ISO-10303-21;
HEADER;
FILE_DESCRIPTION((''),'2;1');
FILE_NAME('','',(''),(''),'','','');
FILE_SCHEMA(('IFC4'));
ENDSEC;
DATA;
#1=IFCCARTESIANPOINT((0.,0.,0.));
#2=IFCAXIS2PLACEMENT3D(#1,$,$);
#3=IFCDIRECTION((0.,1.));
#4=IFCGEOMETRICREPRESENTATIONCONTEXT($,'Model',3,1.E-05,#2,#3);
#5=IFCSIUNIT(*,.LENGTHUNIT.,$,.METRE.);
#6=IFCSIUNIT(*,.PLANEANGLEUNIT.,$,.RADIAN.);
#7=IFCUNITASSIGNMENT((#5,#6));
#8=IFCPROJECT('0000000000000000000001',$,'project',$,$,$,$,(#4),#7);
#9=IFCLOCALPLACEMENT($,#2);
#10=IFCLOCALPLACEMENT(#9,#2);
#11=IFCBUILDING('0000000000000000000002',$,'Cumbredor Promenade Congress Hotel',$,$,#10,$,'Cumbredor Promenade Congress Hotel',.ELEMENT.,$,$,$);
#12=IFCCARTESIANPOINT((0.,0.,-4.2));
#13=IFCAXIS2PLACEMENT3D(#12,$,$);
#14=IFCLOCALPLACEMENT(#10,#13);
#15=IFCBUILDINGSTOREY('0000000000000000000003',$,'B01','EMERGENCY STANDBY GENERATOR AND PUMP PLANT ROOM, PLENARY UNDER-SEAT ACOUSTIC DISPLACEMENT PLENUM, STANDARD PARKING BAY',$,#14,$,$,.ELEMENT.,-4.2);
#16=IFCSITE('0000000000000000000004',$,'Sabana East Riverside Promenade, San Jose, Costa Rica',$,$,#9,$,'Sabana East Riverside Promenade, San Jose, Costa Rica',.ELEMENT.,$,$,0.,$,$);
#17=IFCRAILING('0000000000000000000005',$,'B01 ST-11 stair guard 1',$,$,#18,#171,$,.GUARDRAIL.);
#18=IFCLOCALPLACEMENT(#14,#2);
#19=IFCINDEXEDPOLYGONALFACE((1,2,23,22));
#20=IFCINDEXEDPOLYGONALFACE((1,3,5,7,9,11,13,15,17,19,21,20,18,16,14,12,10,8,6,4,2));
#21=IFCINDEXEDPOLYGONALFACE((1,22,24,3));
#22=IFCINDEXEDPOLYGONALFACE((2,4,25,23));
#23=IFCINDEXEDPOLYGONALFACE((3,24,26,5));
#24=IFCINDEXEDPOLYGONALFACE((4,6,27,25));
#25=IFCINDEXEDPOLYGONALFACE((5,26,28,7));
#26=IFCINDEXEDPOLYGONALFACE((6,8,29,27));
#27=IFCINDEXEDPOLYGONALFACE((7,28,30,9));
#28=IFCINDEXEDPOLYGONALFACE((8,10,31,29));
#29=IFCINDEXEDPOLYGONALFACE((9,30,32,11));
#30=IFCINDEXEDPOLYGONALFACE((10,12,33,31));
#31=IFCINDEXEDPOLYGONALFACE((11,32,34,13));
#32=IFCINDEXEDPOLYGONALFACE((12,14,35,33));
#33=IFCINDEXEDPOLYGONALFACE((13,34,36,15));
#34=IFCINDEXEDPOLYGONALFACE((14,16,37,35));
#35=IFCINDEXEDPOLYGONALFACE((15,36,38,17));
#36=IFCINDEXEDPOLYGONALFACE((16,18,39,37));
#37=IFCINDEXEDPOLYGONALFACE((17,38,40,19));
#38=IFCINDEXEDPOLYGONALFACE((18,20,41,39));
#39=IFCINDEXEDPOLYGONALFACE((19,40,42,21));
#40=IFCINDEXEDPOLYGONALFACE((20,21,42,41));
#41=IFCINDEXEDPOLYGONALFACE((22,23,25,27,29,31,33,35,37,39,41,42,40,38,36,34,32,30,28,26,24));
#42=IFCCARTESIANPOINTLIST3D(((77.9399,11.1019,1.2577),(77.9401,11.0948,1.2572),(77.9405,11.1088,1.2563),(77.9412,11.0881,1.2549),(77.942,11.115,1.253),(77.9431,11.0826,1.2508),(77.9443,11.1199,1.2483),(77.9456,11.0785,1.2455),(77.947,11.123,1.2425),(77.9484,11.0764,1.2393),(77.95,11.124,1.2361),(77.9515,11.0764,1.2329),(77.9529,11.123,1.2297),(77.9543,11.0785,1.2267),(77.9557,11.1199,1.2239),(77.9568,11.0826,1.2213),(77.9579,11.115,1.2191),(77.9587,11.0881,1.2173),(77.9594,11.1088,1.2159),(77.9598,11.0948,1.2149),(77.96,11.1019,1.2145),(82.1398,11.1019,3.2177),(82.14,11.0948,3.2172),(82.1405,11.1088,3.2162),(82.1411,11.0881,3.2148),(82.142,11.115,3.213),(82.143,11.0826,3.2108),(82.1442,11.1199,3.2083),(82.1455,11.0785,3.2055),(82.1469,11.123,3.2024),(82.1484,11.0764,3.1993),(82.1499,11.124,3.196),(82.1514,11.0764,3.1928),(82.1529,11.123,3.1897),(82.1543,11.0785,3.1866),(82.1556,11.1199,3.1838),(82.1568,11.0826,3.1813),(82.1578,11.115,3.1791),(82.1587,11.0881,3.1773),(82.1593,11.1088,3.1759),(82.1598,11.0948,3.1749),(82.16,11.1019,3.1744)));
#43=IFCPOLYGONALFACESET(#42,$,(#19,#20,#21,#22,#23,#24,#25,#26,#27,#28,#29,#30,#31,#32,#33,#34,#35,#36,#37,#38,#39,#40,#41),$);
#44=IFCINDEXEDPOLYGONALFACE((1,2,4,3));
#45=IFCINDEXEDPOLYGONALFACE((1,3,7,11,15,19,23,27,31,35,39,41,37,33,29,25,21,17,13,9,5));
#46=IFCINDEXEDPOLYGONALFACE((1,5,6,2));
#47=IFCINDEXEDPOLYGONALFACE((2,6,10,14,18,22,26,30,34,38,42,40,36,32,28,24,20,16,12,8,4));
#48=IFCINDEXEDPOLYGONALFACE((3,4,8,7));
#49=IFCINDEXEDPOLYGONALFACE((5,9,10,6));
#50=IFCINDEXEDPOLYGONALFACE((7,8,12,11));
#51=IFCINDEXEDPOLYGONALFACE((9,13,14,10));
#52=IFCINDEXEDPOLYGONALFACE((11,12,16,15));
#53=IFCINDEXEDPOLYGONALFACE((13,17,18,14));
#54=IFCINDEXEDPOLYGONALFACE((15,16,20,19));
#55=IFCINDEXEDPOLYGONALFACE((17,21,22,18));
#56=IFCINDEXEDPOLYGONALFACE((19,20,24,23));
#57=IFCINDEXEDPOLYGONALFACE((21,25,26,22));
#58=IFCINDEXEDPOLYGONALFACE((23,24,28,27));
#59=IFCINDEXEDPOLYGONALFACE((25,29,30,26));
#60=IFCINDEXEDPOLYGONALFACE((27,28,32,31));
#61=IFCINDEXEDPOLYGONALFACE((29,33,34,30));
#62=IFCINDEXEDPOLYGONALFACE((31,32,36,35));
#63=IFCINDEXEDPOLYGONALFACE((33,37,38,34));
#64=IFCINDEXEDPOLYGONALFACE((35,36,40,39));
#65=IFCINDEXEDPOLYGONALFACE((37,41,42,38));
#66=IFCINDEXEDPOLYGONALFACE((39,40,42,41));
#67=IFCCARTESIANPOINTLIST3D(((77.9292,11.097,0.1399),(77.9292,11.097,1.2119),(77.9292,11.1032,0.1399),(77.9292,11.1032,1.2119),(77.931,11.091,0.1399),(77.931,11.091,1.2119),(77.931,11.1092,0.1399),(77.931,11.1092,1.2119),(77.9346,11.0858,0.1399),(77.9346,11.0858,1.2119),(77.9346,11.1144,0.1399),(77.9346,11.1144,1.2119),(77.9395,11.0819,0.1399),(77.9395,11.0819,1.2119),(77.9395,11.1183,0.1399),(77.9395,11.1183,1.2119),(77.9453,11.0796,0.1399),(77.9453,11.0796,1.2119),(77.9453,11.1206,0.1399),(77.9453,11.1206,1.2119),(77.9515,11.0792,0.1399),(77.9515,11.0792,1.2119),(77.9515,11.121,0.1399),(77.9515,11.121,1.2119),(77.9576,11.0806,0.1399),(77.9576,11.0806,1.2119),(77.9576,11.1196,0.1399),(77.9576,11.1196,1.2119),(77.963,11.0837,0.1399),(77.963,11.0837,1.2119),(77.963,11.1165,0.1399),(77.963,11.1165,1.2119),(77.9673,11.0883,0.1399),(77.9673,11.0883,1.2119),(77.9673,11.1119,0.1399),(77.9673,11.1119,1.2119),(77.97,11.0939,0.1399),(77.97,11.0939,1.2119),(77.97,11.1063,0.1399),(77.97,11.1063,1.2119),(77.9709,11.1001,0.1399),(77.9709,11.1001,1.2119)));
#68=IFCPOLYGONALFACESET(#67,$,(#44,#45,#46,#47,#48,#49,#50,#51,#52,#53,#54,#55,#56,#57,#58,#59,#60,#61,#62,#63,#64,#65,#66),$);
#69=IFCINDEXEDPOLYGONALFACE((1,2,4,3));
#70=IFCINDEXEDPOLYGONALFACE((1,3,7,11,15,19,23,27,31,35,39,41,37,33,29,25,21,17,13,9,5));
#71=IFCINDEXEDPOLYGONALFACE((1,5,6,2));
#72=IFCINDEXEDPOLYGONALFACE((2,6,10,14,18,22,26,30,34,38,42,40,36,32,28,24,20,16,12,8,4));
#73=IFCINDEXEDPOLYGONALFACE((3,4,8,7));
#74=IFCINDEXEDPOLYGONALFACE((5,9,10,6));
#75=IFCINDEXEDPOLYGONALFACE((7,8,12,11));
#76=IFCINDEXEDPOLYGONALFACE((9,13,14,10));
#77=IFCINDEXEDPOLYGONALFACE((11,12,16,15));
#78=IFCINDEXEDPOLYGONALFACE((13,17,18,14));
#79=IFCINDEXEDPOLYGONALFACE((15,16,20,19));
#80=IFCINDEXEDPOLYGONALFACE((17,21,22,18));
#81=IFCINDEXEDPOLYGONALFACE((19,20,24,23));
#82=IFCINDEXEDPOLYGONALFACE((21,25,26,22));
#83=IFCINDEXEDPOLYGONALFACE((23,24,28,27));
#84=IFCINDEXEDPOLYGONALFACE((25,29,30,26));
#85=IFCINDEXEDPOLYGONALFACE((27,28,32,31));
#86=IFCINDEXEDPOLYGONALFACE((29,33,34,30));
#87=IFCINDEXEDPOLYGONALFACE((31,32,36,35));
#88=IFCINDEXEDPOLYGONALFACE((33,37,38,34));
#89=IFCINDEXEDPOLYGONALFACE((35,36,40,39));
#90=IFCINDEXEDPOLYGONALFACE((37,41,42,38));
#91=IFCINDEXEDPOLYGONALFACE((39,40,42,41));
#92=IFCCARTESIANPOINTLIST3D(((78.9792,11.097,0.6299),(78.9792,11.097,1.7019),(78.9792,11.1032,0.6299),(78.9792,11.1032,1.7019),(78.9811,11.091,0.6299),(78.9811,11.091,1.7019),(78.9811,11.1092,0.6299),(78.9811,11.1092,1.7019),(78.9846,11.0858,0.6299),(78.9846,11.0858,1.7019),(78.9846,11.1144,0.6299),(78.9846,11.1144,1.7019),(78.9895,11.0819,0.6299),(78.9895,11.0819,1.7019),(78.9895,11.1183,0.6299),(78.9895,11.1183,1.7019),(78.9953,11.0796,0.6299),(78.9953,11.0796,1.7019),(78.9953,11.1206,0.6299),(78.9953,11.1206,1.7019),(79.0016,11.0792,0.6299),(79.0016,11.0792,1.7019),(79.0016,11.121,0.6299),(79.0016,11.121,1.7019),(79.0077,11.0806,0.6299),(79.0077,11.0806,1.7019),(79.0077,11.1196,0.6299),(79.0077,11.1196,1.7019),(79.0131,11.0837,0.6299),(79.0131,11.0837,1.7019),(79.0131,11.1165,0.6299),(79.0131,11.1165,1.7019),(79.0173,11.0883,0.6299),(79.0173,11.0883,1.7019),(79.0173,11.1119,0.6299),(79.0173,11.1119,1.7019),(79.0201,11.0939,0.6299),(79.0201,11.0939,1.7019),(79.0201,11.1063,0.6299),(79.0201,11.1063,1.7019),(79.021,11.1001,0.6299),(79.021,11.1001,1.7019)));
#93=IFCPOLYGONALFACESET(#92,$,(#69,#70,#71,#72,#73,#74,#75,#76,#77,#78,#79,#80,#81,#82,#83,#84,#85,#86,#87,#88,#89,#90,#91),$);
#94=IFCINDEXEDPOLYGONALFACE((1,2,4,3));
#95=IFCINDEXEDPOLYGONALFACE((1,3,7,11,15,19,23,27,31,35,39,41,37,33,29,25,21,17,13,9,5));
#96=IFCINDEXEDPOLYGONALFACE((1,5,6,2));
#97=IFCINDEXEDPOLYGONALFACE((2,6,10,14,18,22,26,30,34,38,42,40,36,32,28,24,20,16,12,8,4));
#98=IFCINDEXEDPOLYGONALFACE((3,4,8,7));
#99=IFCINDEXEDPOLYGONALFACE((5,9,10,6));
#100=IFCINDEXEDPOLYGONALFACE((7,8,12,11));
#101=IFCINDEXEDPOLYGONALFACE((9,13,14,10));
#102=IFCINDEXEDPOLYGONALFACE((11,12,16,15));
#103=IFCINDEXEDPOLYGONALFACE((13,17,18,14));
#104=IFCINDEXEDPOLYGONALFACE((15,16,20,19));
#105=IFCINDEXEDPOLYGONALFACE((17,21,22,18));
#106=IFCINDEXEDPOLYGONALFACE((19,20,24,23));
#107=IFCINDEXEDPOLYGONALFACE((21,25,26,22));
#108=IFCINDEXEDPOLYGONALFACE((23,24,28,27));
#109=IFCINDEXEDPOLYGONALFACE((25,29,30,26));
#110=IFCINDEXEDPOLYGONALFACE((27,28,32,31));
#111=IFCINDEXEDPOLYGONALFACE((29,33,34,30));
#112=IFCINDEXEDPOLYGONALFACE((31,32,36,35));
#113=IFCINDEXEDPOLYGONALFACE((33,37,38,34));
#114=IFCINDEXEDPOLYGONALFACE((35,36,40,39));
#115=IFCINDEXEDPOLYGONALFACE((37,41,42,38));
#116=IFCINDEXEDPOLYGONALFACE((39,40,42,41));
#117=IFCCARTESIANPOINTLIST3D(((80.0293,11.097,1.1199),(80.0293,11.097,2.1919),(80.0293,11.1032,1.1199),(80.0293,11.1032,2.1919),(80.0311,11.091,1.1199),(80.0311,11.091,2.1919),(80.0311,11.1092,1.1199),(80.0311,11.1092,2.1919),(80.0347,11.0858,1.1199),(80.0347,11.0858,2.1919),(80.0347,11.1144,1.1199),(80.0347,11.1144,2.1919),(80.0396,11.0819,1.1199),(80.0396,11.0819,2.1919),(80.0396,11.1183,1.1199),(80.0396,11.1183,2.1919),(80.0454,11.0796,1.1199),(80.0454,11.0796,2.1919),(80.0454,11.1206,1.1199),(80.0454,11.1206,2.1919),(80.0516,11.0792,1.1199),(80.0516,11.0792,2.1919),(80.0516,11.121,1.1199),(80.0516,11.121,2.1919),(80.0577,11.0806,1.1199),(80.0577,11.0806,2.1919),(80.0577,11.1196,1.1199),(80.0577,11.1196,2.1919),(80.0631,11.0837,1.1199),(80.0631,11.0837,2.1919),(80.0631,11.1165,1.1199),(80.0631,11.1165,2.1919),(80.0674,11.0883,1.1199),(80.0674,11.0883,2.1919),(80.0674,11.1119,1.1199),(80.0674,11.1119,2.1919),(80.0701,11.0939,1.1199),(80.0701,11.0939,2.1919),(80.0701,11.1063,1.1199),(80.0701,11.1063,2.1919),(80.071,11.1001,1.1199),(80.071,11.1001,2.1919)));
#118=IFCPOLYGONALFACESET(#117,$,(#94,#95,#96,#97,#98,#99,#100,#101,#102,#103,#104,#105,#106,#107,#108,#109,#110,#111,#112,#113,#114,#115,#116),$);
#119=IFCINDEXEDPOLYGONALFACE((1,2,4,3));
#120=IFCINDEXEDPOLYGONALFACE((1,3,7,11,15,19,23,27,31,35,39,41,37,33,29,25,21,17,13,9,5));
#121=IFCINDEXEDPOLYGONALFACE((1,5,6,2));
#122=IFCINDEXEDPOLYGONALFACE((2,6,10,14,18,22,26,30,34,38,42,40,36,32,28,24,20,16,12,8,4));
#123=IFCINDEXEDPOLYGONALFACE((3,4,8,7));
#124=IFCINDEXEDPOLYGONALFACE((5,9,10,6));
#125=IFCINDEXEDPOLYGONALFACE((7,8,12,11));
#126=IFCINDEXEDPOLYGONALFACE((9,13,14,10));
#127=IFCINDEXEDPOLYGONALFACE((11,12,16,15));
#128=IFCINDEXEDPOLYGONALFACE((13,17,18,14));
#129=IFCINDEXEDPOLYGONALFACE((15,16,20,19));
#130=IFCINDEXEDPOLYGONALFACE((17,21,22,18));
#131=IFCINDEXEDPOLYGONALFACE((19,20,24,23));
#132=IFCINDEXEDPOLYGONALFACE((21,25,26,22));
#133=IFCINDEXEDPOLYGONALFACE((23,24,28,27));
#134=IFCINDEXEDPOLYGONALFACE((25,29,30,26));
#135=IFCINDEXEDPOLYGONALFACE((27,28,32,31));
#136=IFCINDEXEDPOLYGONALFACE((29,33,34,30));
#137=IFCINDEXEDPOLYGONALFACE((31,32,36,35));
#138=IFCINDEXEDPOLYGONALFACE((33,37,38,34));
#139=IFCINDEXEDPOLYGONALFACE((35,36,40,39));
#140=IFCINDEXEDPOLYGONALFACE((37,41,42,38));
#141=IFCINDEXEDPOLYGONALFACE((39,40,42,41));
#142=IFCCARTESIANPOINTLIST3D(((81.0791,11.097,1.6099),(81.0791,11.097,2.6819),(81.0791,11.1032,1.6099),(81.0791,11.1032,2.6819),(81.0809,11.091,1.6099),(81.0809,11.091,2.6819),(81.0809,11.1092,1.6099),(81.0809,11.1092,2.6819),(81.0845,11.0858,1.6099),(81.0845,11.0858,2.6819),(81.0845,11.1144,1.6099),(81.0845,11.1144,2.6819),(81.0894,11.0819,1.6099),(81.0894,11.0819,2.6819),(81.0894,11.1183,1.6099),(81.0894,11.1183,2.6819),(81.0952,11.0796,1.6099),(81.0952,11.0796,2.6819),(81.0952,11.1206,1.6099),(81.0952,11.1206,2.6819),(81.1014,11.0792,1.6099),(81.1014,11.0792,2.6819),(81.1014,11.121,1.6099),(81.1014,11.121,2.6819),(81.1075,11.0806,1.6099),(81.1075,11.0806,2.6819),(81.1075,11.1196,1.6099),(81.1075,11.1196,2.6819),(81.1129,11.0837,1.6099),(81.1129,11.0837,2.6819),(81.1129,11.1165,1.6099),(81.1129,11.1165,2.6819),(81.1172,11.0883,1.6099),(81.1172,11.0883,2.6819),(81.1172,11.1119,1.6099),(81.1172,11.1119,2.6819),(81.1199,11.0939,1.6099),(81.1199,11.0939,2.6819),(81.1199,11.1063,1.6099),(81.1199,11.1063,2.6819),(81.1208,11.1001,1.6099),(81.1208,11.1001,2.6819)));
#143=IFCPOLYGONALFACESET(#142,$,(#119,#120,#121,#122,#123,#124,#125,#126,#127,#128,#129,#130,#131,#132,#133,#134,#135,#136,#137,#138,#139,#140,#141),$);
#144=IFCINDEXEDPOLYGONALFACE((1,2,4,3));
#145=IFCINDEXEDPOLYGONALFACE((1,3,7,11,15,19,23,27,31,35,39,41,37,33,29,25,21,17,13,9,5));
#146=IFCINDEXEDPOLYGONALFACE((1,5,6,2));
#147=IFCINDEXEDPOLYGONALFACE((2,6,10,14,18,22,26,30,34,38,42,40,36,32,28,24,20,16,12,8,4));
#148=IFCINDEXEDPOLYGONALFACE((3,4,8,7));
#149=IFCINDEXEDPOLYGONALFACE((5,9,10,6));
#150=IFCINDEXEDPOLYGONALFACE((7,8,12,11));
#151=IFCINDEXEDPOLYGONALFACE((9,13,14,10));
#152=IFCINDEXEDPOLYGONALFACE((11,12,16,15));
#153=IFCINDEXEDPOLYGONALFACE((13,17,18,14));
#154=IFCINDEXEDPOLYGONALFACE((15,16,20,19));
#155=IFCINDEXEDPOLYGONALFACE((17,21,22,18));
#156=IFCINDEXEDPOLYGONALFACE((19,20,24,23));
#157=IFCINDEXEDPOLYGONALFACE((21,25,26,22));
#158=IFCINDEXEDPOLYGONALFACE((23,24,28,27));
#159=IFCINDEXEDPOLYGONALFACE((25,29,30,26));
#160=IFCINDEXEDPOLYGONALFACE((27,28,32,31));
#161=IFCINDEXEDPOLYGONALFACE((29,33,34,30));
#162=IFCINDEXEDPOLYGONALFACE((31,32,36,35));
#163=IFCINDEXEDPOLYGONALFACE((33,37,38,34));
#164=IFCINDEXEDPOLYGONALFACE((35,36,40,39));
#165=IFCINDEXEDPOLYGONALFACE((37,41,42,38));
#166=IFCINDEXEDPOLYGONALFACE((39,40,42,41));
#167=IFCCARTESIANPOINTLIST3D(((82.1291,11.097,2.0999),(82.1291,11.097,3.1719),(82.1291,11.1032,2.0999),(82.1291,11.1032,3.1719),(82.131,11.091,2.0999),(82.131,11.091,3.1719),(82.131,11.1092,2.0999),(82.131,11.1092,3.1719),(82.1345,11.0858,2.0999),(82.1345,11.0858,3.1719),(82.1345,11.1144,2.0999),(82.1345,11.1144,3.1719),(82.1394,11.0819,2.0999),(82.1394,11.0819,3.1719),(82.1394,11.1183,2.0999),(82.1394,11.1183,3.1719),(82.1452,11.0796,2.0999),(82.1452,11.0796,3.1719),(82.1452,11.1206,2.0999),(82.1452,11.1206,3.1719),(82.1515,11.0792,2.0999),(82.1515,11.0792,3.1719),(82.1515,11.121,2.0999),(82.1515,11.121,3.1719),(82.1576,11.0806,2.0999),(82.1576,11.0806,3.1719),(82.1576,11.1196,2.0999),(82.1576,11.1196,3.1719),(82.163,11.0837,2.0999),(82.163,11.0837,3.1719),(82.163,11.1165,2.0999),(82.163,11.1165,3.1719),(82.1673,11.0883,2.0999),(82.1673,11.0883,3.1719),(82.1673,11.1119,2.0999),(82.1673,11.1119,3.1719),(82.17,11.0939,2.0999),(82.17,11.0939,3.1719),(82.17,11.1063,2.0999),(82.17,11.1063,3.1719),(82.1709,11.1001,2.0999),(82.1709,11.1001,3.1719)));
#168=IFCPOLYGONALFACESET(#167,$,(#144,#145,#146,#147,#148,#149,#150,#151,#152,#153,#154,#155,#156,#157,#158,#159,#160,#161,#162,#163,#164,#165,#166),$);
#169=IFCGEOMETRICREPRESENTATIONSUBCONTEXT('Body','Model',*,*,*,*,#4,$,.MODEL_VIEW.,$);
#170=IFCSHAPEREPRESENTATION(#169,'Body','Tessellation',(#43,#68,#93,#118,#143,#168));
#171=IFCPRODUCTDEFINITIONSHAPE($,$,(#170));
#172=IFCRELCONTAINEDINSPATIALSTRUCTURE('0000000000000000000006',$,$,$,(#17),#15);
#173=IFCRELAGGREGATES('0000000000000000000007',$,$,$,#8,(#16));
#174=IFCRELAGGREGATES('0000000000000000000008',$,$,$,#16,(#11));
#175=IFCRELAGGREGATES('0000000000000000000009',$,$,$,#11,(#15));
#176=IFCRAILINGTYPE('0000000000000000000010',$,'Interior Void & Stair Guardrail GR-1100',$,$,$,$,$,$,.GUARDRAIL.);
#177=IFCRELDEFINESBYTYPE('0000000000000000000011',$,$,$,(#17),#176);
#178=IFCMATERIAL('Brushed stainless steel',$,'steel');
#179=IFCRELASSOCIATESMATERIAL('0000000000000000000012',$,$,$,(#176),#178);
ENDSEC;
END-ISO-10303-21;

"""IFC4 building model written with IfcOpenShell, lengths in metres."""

from ifc_helpers import new_model, si_unit, direction, frame, origin, origin_2d, place, context, subcontext, project, spatial, circle, extrude, material, type_object, element, save


model = new_model("IFC4")

# Units and contexts
model_context = context("Model", 3, precision=1e-05, world=origin(), true_north=direction((0.0, 1.0)))
body_context = subcontext(model_context, "Body", "Model", "MODEL_VIEW")
ifc_project = project(units=[si_unit("LENGTHUNIT", "METRE"), si_unit("PLANEANGLEUNIT", "RADIAN")], contexts=[model_context])

# Site, building, storey
site_placement = place(None, origin())
site = spatial("IfcSite", under=ifc_project, at=site_placement, Name="Sabana East Riverside Promenade, San Jose, Costa Rica", LongName="Sabana East Riverside Promenade, San Jose, Costa Rica", CompositionType="ELEMENT", RefElevation=0.0)
building_placement = place(site_placement, origin())
building = spatial("IfcBuilding", under=site, at=building_placement, Name="Cumbredor Promenade Congress Hotel", LongName="Cumbredor Promenade Congress Hotel", CompositionType="ELEMENT")
storey_placement = place(building_placement, frame((0.0, 0.0, -4.2)))
storey = spatial("IfcBuildingStorey", under=building, at=storey_placement, Name="B01", Description="EMERGENCY STANDBY GENERATOR AND PUMP PLANT ROOM, PLENARY UNDER-SEAT ACOUSTIC DISPLACEMENT PLENUM, STANDARD PARKING BAY", CompositionType="ELEMENT", Elevation=-4.2)

# Shared definitions
ifc_material_1 = material(Name="Brushed stainless steel", Category="steel")

# Railing
railing_type_1 = type_object("IfcRailingType", Name="Interior Void & Stair Guardrail GR-1100", PredefinedType="GUARDRAIL", material=ifc_material_1)
railing_1_placement = place(storey_placement, frame((77.95, 11.1001, 0.1399)))
element("IfcRailing", 1, at=railing_1_placement, inside=storey, type_object=railing_type_1, Name="B01 ST-11 stair guard 1", PredefinedType="GUARDRAIL", context=body_context, shape_type="SweptSolid", body=[
    extrude(circle(Radius=0.0239, at=origin_2d()), frame((0.0, 0.0, 1.0962), z_axis=(0.906184, 0.0, 0.422883), x_axis=(0.0, 1.0, 0.0)), (0.0, 0.0, 1.0), 4.6348),
    extrude(circle(Radius=0.021, at=origin_2d()), origin(), (0.0, 0.0, 1.0), 1.072),
    extrude(circle(Radius=0.021, at=origin_2d()), frame((1.05, 0.0, 0.49)), (0.0, 0.0, 1.0), 1.072),
    extrude(circle(Radius=0.021, at=origin_2d()), frame((2.1001, 0.0, 0.98)), (0.0, 0.0, 1.0), 1.072),
    extrude(circle(Radius=0.021, at=origin_2d()), frame((3.1499, 0.0, 1.47)), (0.0, 0.0, 1.0), 1.072),
    extrude(circle(Radius=0.021, at=origin_2d()), frame((4.2, 0.0, 1.96)), (0.0, 0.0, 1.0), 1.072),
])

save(model, "model.ifc")
